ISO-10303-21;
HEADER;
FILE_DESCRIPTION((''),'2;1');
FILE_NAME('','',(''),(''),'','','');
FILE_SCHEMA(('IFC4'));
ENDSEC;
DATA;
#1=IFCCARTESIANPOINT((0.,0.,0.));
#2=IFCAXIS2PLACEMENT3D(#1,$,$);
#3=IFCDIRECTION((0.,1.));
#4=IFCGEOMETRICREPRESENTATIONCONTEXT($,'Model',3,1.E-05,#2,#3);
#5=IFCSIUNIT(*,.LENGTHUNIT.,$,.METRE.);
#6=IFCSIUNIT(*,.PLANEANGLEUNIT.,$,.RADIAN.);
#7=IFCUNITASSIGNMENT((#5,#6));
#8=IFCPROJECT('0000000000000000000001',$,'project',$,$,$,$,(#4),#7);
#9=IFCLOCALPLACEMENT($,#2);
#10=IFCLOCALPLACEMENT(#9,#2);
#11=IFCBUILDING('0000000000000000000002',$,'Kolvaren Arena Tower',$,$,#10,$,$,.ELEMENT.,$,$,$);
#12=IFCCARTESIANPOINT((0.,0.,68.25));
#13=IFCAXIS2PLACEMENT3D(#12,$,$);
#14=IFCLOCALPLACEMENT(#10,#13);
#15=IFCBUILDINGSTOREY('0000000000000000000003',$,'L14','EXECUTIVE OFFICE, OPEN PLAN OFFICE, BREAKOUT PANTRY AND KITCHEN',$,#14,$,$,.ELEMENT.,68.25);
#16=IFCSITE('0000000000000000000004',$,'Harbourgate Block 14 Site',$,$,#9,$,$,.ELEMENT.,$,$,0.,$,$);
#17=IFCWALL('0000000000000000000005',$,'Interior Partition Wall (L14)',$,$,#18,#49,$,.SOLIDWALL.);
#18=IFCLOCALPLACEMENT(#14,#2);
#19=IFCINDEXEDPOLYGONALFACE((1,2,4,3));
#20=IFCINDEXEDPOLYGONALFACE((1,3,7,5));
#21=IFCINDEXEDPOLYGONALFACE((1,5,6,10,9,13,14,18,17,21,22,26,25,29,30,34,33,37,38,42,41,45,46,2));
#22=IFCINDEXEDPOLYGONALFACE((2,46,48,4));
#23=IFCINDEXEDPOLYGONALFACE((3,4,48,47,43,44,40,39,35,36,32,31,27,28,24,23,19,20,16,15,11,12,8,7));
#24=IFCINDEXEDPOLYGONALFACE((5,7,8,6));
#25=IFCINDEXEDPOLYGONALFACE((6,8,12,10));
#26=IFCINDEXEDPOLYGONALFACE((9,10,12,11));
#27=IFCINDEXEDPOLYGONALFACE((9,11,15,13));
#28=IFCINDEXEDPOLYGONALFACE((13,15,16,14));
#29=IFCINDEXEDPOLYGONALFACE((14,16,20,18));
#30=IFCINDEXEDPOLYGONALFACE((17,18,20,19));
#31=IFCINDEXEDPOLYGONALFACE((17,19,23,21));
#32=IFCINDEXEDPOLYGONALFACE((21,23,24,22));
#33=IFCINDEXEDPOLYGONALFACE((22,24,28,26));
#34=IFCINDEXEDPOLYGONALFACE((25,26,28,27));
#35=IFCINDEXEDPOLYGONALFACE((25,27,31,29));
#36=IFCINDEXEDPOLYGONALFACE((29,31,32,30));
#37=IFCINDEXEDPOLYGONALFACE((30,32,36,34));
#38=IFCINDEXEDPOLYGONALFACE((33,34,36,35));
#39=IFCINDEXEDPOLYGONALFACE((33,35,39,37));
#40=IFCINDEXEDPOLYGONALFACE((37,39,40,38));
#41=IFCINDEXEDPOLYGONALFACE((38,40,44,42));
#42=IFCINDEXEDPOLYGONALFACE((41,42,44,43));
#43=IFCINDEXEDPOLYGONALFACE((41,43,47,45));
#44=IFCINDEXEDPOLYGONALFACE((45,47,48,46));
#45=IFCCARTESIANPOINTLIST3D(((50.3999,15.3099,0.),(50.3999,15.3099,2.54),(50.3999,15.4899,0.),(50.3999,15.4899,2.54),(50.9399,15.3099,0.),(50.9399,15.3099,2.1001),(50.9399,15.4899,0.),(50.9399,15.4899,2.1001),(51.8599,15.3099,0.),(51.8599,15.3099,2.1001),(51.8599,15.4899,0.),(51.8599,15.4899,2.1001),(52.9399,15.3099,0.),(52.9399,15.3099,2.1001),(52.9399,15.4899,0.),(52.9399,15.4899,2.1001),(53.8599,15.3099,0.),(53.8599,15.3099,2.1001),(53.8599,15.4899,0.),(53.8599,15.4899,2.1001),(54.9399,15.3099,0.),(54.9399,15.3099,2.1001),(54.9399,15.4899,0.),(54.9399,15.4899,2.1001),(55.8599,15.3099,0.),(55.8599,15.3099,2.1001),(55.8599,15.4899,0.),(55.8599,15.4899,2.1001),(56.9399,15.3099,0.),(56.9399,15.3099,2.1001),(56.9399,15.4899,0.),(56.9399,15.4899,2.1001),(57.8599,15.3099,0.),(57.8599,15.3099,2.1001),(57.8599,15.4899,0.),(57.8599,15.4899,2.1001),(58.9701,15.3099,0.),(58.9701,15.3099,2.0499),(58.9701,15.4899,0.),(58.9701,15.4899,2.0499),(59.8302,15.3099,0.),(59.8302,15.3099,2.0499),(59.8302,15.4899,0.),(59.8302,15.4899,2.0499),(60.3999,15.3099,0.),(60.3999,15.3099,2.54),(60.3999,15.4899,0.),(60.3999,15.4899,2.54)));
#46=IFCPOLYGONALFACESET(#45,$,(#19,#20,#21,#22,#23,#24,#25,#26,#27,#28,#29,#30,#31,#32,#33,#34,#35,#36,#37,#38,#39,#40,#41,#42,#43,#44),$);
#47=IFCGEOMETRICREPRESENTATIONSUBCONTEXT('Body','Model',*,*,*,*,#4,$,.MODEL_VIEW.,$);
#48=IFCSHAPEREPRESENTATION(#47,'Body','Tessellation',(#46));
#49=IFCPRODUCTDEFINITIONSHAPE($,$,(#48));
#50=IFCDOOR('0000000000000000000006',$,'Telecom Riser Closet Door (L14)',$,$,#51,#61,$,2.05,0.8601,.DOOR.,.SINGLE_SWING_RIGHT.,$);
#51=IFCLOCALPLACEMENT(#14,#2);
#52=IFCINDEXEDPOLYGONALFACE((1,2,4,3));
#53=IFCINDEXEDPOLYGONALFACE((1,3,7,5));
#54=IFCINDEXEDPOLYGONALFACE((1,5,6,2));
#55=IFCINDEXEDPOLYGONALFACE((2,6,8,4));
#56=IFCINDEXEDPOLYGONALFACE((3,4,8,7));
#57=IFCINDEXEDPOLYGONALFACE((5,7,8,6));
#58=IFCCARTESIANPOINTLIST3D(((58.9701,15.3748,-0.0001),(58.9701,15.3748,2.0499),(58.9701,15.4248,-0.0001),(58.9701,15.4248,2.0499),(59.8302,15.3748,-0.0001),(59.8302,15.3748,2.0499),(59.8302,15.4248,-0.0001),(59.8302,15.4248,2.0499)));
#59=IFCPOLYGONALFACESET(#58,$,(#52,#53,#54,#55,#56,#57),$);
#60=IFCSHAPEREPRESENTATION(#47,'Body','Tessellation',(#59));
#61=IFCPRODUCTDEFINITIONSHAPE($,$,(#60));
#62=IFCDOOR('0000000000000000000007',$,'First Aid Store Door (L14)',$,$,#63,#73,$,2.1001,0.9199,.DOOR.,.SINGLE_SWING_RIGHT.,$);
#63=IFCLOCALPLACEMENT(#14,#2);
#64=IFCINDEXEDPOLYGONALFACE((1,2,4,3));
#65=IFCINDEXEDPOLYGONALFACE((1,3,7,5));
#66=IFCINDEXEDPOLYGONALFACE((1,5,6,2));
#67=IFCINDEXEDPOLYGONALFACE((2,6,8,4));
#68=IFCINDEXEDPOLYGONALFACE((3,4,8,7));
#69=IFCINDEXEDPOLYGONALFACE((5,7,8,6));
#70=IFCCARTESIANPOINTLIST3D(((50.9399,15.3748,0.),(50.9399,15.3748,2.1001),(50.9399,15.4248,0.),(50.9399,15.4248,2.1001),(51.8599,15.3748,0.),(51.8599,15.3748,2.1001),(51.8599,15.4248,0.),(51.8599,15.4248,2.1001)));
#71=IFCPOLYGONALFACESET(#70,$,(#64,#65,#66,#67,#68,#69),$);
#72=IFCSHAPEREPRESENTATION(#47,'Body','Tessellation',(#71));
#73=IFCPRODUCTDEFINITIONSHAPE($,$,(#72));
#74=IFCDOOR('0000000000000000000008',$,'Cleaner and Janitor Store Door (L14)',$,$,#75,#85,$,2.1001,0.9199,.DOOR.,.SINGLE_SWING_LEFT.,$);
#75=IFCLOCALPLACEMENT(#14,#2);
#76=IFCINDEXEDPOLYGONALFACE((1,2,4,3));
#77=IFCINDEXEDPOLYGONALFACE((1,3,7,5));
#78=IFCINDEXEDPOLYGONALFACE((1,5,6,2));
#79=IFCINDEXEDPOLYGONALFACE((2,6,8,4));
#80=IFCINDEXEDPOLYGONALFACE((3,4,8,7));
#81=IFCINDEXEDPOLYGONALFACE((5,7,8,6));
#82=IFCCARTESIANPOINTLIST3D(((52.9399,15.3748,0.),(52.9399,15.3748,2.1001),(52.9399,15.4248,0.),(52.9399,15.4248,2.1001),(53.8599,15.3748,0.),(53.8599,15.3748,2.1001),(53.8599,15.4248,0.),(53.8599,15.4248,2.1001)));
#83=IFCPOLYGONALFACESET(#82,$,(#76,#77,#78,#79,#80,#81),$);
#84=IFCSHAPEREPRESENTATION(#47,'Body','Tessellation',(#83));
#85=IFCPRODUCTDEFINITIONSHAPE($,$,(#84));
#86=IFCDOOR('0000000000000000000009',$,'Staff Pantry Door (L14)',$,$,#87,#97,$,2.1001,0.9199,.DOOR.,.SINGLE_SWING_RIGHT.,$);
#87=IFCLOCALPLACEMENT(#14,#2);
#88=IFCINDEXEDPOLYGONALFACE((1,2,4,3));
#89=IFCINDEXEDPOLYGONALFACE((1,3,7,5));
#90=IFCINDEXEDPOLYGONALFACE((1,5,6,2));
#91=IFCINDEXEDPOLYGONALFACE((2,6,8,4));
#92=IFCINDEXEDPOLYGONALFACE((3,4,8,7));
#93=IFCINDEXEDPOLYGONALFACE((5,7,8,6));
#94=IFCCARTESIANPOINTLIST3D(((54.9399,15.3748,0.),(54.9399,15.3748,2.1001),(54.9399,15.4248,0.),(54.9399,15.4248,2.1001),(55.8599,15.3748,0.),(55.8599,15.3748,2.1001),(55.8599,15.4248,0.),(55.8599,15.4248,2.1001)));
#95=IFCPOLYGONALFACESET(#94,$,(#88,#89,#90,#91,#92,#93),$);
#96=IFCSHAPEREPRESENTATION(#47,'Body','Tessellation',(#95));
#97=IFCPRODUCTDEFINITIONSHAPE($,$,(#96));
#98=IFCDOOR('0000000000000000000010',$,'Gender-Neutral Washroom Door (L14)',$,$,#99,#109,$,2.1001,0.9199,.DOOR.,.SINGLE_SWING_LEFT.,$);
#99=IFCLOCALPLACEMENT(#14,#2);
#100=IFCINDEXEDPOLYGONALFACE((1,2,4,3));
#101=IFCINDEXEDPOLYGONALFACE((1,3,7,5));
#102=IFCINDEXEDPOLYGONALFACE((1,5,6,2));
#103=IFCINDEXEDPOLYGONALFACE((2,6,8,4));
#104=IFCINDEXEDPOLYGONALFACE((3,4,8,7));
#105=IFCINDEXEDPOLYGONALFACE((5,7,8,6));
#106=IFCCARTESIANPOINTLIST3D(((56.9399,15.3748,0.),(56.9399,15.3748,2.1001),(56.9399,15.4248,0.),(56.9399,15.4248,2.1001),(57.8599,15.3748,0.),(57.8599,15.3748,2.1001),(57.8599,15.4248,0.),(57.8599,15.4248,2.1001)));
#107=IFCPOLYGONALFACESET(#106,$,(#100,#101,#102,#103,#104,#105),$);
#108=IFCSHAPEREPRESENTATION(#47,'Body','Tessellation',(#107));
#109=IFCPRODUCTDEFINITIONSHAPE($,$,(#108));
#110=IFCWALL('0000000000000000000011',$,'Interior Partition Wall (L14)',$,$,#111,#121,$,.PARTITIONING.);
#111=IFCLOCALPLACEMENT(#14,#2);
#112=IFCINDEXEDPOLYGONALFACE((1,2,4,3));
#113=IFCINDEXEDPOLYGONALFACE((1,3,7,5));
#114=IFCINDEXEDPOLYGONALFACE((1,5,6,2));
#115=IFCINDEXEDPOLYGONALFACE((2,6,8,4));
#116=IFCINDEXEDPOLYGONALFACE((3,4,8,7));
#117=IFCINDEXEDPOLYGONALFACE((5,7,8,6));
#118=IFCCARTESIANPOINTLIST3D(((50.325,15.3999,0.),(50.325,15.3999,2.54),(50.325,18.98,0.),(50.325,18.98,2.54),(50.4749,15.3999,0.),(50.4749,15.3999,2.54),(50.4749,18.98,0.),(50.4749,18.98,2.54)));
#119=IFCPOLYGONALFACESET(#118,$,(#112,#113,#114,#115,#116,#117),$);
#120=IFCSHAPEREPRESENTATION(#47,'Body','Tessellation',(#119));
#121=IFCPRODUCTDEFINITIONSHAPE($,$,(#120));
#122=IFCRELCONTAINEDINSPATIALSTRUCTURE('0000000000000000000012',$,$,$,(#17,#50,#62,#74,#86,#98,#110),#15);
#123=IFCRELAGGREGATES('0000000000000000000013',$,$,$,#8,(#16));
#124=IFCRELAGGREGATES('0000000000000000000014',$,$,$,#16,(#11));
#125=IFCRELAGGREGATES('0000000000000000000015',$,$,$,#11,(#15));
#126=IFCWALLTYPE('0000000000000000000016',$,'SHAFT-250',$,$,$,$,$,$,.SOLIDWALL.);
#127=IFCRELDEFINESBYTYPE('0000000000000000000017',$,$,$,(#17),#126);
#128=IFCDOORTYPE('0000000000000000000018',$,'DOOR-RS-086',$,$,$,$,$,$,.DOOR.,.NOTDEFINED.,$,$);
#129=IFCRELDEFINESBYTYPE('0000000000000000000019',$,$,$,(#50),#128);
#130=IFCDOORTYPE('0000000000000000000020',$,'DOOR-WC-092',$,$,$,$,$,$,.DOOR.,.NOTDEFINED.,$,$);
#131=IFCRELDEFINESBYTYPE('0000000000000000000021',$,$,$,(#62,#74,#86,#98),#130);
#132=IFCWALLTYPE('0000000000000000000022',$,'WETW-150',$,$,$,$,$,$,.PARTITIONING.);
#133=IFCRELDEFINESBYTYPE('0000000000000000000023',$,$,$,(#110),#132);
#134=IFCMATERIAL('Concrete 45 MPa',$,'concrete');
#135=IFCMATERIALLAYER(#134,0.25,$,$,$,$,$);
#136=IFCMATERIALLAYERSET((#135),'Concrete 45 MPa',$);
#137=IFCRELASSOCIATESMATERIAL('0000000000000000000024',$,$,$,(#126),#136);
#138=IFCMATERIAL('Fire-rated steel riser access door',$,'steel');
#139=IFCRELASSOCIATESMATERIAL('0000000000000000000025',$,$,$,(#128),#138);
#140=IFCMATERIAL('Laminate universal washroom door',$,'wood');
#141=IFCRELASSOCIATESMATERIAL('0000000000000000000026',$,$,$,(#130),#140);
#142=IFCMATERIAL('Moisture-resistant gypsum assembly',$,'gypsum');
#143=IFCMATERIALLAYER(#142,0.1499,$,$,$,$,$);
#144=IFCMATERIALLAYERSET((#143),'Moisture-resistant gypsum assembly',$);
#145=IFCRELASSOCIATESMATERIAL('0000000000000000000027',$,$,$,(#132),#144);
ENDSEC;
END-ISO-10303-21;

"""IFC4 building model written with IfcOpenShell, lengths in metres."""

from ifc_helpers import new_model, si_unit, direction, frame, frame_2d, origin, place, context, subcontext, project, spatial, rectangle, extrude, material, layer, layer_set, type_object, element, fill, save


model = new_model("IFC4")

# Units and contexts
model_context = context("Model", 3, precision=1e-05, world=origin(), true_north=direction((0.0, 1.0)))
body_context = subcontext(model_context, "Body", "Model", "MODEL_VIEW")
ifc_project = project(units=[si_unit("LENGTHUNIT", "METRE"), si_unit("PLANEANGLEUNIT", "RADIAN")], contexts=[model_context])

# Site, building, storey
site_placement = place(None, origin())
site = spatial("IfcSite", under=ifc_project, at=site_placement, Name="Harbourgate Block 14 Site", CompositionType="ELEMENT", RefElevation=0.0)
building_placement = place(site_placement, origin())
building = spatial("IfcBuilding", under=site, at=building_placement, Name="Kolvaren Arena Tower", CompositionType="ELEMENT")
storey_placement = place(building_placement, frame((0.0, 0.0, 68.25)))
storey = spatial("IfcBuildingStorey", under=building, at=storey_placement, Name="L14", Description="EXECUTIVE OFFICE, OPEN PLAN OFFICE, BREAKOUT PANTRY AND KITCHEN", CompositionType="ELEMENT", Elevation=68.25)

# Shared definitions
ifc_material_1 = material(Name="Concrete 45 MPa", Category="concrete")
ifc_layer_1 = layer(ifc_material_1, 0.25)
ifc_layer_set_1 = layer_set([ifc_layer_1], Name="Concrete 45 MPa")
wall_type_1 = type_object("IfcWallType", Name="SHAFT-250", PredefinedType="SOLIDWALL", material=ifc_layer_set_1)

# Wall, openings, doors
wall_1_placement = place(storey_placement, frame((50.3999, 15.3999, 0.0), z_axis=(0.0, 0.0, 1.0), x_axis=(1.0, 0.0, 0.0)))
wall_1 = element("IfcWall", 1, at=wall_1_placement, inside=storey, type_object=wall_type_1, Name="Interior Partition Wall (L14)", PredefinedType="SOLIDWALL", context=body_context, shape_type="SweptSolid", body=[
    extrude(rectangle(XDim=10.0, YDim=0.1799, at=frame_2d((5.0, 0.0))), origin(), (0.0, 0.0, 1.0), 2.54),
])
opening_1_placement = place(wall_1_placement, frame((0.54, 0.0, 0.0)))
opening_1 = element("IfcOpeningElement", 2, at=opening_1_placement, cuts=wall_1, PredefinedType="OPENING", context=body_context, shape_type="SweptSolid", body=[
    extrude(rectangle(XDim=0.9199, YDim=2.1001, at=frame_2d((0.46, 1.05))), frame((0.0, 0.0999, 0.0), z_axis=(0.0, -1.0, 0.0), x_axis=(1.0, 0.0, 0.0)), (0.0, 0.0, 1.0), 0.2),
])
opening_2_placement = place(wall_1_placement, frame((2.54, 0.0, 0.0)))
opening_2 = element("IfcOpeningElement", 3, at=opening_2_placement, cuts=wall_1, PredefinedType="OPENING", context=body_context, shape_type="SweptSolid", body=[
    extrude(rectangle(XDim=0.9199, YDim=2.1001, at=frame_2d((0.46, 1.05))), frame((0.0, 0.0999, 0.0), z_axis=(0.0, -1.0, 0.0), x_axis=(1.0, 0.0, 0.0)), (0.0, 0.0, 1.0), 0.2),
])
opening_3_placement = place(wall_1_placement, frame((4.54, 0.0, 0.0)))
opening_3 = element("IfcOpeningElement", 4, at=opening_3_placement, cuts=wall_1, PredefinedType="OPENING", context=body_context, shape_type="SweptSolid", body=[
    extrude(rectangle(XDim=0.9199, YDim=2.1001, at=frame_2d((0.46, 1.05))), frame((0.0, 0.0999, 0.0), z_axis=(0.0, -1.0, 0.0), x_axis=(1.0, 0.0, 0.0)), (0.0, 0.0, 1.0), 0.2),
])
opening_4_placement = place(wall_1_placement, frame((6.54, 0.0, 0.0)))
opening_4 = element("IfcOpeningElement", 5, at=opening_4_placement, cuts=wall_1, PredefinedType="OPENING", context=body_context, shape_type="SweptSolid", body=[
    extrude(rectangle(XDim=0.9199, YDim=2.1001, at=frame_2d((0.46, 1.05))), frame((0.0, 0.0999, 0.0), z_axis=(0.0, -1.0, 0.0), x_axis=(1.0, 0.0, 0.0)), (0.0, 0.0, 1.0), 0.2),
])
opening_5_placement = place(wall_1_placement, frame((8.5701, 0.0, 0.0)))
opening_5 = element("IfcOpeningElement", 6, at=opening_5_placement, cuts=wall_1, PredefinedType="OPENING", context=body_context, shape_type="SweptSolid", body=[
    extrude(rectangle(XDim=0.8601, YDim=2.05, at=frame_2d((0.4302, 1.0249))), frame((0.0, 0.0999, 0.0), z_axis=(0.0, -1.0, 0.0), x_axis=(1.0, 0.0, 0.0)), (0.0, 0.0, 1.0), 0.2),
])
ifc_material_2 = material(Name="Fire-rated steel riser access door", Category="steel")
door_type_1 = type_object("IfcDoorType", Name="DOOR-RS-086", OperationType="NOTDEFINED", PredefinedType="DOOR", material=ifc_material_2)
door_1_placement = place(opening_5_placement, origin())
door_1 = element("IfcDoor", 7, at=door_1_placement, inside=storey, type_object=door_type_1, Name="Telecom Riser Closet Door (L14)", OperationType="SINGLE_SWING_RIGHT", OverallHeight=2.05, OverallWidth=0.8601, PredefinedType="DOOR", context=body_context, shape_type="SweptSolid", body=[
    extrude(rectangle(XDim=0.8601, YDim=2.05, at=frame_2d((0.4302, 1.0249))), frame((0.0, 0.0249, 0.0), z_axis=(0.0, -1.0, 0.0), x_axis=(1.0, 0.0, 0.0)), (0.0, 0.0, 1.0), 0.05),
])
fill(opening_5, door_1)
ifc_material_3 = material(Name="Laminate universal washroom door", Category="wood")
door_type_2 = type_object("IfcDoorType", Name="DOOR-WC-092", OperationType="NOTDEFINED", PredefinedType="DOOR", material=ifc_material_3)
door_2_placement = place(opening_1_placement, origin())
door_2 = element("IfcDoor", 8, at=door_2_placement, inside=storey, type_object=door_type_2, Name="First Aid Store Door (L14)", OperationType="SINGLE_SWING_RIGHT", OverallHeight=2.1001, OverallWidth=0.9199, PredefinedType="DOOR", context=body_context, shape_type="SweptSolid", body=[
    extrude(rectangle(XDim=0.9199, YDim=2.1001, at=frame_2d((0.46, 1.05))), frame((0.0, 0.0249, 0.0), z_axis=(0.0, -1.0, 0.0), x_axis=(1.0, 0.0, 0.0)), (0.0, 0.0, 1.0), 0.05),
])
fill(opening_1, door_2)
door_3_placement = place(opening_2_placement, origin())
door_3 = element("IfcDoor", 9, at=door_3_placement, inside=storey, type_object=door_type_2, Name="Cleaner and Janitor Store Door (L14)", OperationType="SINGLE_SWING_LEFT", OverallHeight=2.1001, OverallWidth=0.9199, PredefinedType="DOOR", context=body_context, shape_type="SweptSolid", body=[
    extrude(rectangle(XDim=0.9199, YDim=2.1001, at=frame_2d((0.46, 1.05))), frame((0.0, 0.0249, 0.0), z_axis=(0.0, -1.0, 0.0), x_axis=(1.0, 0.0, 0.0)), (0.0, 0.0, 1.0), 0.05),
])
fill(opening_2, door_3)
door_4_placement = place(opening_3_placement, origin())
door_4 = element("IfcDoor", 10, at=door_4_placement, inside=storey, type_object=door_type_2, Name="Staff Pantry Door (L14)", OperationType="SINGLE_SWING_RIGHT", OverallHeight=2.1001, OverallWidth=0.9199, PredefinedType="DOOR", context=body_context, shape_type="SweptSolid", body=[
    extrude(rectangle(XDim=0.9199, YDim=2.1001, at=frame_2d((0.46, 1.05))), frame((0.0, 0.0249, 0.0), z_axis=(0.0, -1.0, 0.0), x_axis=(1.0, 0.0, 0.0)), (0.0, 0.0, 1.0), 0.05),
])
fill(opening_3, door_4)
door_5_placement = place(opening_4_placement, origin())
door_5 = element("IfcDoor", 11, at=door_5_placement, inside=storey, type_object=door_type_2, Name="Gender-Neutral Washroom Door (L14)", OperationType="SINGLE_SWING_LEFT", OverallHeight=2.1001, OverallWidth=0.9199, PredefinedType="DOOR", context=body_context, shape_type="SweptSolid", body=[
    extrude(rectangle(XDim=0.9199, YDim=2.1001, at=frame_2d((0.46, 1.05))), frame((0.0, 0.0249, 0.0), z_axis=(0.0, -1.0, 0.0), x_axis=(1.0, 0.0, 0.0)), (0.0, 0.0, 1.0), 0.05),
])
fill(opening_4, door_5)

# Wall
ifc_material_4 = material(Name="Moisture-resistant gypsum assembly", Category="gypsum")
ifc_layer_2 = layer(ifc_material_4, 0.1499)
ifc_layer_set_2 = layer_set([ifc_layer_2], Name="Moisture-resistant gypsum assembly")
wall_type_2 = type_object("IfcWallType", Name="WETW-150", PredefinedType="PARTITIONING", material=ifc_layer_set_2)
wall_2_placement = place(storey_placement, frame((50.3999, 15.3999, 0.0), z_axis=(0.0, 0.0, 1.0), x_axis=(0.0, 1.0, 0.0)))
element("IfcWall", 12, at=wall_2_placement, inside=storey, type_object=wall_type_2, Name="Interior Partition Wall (L14)", PredefinedType="PARTITIONING", context=body_context, shape_type="SweptSolid", body=[
    extrude(rectangle(XDim=3.5801, YDim=0.1499, at=frame_2d((1.79, 0.0))), origin(), (0.0, 0.0, 1.0), 2.54),
])

save(model, "model.ifc")
